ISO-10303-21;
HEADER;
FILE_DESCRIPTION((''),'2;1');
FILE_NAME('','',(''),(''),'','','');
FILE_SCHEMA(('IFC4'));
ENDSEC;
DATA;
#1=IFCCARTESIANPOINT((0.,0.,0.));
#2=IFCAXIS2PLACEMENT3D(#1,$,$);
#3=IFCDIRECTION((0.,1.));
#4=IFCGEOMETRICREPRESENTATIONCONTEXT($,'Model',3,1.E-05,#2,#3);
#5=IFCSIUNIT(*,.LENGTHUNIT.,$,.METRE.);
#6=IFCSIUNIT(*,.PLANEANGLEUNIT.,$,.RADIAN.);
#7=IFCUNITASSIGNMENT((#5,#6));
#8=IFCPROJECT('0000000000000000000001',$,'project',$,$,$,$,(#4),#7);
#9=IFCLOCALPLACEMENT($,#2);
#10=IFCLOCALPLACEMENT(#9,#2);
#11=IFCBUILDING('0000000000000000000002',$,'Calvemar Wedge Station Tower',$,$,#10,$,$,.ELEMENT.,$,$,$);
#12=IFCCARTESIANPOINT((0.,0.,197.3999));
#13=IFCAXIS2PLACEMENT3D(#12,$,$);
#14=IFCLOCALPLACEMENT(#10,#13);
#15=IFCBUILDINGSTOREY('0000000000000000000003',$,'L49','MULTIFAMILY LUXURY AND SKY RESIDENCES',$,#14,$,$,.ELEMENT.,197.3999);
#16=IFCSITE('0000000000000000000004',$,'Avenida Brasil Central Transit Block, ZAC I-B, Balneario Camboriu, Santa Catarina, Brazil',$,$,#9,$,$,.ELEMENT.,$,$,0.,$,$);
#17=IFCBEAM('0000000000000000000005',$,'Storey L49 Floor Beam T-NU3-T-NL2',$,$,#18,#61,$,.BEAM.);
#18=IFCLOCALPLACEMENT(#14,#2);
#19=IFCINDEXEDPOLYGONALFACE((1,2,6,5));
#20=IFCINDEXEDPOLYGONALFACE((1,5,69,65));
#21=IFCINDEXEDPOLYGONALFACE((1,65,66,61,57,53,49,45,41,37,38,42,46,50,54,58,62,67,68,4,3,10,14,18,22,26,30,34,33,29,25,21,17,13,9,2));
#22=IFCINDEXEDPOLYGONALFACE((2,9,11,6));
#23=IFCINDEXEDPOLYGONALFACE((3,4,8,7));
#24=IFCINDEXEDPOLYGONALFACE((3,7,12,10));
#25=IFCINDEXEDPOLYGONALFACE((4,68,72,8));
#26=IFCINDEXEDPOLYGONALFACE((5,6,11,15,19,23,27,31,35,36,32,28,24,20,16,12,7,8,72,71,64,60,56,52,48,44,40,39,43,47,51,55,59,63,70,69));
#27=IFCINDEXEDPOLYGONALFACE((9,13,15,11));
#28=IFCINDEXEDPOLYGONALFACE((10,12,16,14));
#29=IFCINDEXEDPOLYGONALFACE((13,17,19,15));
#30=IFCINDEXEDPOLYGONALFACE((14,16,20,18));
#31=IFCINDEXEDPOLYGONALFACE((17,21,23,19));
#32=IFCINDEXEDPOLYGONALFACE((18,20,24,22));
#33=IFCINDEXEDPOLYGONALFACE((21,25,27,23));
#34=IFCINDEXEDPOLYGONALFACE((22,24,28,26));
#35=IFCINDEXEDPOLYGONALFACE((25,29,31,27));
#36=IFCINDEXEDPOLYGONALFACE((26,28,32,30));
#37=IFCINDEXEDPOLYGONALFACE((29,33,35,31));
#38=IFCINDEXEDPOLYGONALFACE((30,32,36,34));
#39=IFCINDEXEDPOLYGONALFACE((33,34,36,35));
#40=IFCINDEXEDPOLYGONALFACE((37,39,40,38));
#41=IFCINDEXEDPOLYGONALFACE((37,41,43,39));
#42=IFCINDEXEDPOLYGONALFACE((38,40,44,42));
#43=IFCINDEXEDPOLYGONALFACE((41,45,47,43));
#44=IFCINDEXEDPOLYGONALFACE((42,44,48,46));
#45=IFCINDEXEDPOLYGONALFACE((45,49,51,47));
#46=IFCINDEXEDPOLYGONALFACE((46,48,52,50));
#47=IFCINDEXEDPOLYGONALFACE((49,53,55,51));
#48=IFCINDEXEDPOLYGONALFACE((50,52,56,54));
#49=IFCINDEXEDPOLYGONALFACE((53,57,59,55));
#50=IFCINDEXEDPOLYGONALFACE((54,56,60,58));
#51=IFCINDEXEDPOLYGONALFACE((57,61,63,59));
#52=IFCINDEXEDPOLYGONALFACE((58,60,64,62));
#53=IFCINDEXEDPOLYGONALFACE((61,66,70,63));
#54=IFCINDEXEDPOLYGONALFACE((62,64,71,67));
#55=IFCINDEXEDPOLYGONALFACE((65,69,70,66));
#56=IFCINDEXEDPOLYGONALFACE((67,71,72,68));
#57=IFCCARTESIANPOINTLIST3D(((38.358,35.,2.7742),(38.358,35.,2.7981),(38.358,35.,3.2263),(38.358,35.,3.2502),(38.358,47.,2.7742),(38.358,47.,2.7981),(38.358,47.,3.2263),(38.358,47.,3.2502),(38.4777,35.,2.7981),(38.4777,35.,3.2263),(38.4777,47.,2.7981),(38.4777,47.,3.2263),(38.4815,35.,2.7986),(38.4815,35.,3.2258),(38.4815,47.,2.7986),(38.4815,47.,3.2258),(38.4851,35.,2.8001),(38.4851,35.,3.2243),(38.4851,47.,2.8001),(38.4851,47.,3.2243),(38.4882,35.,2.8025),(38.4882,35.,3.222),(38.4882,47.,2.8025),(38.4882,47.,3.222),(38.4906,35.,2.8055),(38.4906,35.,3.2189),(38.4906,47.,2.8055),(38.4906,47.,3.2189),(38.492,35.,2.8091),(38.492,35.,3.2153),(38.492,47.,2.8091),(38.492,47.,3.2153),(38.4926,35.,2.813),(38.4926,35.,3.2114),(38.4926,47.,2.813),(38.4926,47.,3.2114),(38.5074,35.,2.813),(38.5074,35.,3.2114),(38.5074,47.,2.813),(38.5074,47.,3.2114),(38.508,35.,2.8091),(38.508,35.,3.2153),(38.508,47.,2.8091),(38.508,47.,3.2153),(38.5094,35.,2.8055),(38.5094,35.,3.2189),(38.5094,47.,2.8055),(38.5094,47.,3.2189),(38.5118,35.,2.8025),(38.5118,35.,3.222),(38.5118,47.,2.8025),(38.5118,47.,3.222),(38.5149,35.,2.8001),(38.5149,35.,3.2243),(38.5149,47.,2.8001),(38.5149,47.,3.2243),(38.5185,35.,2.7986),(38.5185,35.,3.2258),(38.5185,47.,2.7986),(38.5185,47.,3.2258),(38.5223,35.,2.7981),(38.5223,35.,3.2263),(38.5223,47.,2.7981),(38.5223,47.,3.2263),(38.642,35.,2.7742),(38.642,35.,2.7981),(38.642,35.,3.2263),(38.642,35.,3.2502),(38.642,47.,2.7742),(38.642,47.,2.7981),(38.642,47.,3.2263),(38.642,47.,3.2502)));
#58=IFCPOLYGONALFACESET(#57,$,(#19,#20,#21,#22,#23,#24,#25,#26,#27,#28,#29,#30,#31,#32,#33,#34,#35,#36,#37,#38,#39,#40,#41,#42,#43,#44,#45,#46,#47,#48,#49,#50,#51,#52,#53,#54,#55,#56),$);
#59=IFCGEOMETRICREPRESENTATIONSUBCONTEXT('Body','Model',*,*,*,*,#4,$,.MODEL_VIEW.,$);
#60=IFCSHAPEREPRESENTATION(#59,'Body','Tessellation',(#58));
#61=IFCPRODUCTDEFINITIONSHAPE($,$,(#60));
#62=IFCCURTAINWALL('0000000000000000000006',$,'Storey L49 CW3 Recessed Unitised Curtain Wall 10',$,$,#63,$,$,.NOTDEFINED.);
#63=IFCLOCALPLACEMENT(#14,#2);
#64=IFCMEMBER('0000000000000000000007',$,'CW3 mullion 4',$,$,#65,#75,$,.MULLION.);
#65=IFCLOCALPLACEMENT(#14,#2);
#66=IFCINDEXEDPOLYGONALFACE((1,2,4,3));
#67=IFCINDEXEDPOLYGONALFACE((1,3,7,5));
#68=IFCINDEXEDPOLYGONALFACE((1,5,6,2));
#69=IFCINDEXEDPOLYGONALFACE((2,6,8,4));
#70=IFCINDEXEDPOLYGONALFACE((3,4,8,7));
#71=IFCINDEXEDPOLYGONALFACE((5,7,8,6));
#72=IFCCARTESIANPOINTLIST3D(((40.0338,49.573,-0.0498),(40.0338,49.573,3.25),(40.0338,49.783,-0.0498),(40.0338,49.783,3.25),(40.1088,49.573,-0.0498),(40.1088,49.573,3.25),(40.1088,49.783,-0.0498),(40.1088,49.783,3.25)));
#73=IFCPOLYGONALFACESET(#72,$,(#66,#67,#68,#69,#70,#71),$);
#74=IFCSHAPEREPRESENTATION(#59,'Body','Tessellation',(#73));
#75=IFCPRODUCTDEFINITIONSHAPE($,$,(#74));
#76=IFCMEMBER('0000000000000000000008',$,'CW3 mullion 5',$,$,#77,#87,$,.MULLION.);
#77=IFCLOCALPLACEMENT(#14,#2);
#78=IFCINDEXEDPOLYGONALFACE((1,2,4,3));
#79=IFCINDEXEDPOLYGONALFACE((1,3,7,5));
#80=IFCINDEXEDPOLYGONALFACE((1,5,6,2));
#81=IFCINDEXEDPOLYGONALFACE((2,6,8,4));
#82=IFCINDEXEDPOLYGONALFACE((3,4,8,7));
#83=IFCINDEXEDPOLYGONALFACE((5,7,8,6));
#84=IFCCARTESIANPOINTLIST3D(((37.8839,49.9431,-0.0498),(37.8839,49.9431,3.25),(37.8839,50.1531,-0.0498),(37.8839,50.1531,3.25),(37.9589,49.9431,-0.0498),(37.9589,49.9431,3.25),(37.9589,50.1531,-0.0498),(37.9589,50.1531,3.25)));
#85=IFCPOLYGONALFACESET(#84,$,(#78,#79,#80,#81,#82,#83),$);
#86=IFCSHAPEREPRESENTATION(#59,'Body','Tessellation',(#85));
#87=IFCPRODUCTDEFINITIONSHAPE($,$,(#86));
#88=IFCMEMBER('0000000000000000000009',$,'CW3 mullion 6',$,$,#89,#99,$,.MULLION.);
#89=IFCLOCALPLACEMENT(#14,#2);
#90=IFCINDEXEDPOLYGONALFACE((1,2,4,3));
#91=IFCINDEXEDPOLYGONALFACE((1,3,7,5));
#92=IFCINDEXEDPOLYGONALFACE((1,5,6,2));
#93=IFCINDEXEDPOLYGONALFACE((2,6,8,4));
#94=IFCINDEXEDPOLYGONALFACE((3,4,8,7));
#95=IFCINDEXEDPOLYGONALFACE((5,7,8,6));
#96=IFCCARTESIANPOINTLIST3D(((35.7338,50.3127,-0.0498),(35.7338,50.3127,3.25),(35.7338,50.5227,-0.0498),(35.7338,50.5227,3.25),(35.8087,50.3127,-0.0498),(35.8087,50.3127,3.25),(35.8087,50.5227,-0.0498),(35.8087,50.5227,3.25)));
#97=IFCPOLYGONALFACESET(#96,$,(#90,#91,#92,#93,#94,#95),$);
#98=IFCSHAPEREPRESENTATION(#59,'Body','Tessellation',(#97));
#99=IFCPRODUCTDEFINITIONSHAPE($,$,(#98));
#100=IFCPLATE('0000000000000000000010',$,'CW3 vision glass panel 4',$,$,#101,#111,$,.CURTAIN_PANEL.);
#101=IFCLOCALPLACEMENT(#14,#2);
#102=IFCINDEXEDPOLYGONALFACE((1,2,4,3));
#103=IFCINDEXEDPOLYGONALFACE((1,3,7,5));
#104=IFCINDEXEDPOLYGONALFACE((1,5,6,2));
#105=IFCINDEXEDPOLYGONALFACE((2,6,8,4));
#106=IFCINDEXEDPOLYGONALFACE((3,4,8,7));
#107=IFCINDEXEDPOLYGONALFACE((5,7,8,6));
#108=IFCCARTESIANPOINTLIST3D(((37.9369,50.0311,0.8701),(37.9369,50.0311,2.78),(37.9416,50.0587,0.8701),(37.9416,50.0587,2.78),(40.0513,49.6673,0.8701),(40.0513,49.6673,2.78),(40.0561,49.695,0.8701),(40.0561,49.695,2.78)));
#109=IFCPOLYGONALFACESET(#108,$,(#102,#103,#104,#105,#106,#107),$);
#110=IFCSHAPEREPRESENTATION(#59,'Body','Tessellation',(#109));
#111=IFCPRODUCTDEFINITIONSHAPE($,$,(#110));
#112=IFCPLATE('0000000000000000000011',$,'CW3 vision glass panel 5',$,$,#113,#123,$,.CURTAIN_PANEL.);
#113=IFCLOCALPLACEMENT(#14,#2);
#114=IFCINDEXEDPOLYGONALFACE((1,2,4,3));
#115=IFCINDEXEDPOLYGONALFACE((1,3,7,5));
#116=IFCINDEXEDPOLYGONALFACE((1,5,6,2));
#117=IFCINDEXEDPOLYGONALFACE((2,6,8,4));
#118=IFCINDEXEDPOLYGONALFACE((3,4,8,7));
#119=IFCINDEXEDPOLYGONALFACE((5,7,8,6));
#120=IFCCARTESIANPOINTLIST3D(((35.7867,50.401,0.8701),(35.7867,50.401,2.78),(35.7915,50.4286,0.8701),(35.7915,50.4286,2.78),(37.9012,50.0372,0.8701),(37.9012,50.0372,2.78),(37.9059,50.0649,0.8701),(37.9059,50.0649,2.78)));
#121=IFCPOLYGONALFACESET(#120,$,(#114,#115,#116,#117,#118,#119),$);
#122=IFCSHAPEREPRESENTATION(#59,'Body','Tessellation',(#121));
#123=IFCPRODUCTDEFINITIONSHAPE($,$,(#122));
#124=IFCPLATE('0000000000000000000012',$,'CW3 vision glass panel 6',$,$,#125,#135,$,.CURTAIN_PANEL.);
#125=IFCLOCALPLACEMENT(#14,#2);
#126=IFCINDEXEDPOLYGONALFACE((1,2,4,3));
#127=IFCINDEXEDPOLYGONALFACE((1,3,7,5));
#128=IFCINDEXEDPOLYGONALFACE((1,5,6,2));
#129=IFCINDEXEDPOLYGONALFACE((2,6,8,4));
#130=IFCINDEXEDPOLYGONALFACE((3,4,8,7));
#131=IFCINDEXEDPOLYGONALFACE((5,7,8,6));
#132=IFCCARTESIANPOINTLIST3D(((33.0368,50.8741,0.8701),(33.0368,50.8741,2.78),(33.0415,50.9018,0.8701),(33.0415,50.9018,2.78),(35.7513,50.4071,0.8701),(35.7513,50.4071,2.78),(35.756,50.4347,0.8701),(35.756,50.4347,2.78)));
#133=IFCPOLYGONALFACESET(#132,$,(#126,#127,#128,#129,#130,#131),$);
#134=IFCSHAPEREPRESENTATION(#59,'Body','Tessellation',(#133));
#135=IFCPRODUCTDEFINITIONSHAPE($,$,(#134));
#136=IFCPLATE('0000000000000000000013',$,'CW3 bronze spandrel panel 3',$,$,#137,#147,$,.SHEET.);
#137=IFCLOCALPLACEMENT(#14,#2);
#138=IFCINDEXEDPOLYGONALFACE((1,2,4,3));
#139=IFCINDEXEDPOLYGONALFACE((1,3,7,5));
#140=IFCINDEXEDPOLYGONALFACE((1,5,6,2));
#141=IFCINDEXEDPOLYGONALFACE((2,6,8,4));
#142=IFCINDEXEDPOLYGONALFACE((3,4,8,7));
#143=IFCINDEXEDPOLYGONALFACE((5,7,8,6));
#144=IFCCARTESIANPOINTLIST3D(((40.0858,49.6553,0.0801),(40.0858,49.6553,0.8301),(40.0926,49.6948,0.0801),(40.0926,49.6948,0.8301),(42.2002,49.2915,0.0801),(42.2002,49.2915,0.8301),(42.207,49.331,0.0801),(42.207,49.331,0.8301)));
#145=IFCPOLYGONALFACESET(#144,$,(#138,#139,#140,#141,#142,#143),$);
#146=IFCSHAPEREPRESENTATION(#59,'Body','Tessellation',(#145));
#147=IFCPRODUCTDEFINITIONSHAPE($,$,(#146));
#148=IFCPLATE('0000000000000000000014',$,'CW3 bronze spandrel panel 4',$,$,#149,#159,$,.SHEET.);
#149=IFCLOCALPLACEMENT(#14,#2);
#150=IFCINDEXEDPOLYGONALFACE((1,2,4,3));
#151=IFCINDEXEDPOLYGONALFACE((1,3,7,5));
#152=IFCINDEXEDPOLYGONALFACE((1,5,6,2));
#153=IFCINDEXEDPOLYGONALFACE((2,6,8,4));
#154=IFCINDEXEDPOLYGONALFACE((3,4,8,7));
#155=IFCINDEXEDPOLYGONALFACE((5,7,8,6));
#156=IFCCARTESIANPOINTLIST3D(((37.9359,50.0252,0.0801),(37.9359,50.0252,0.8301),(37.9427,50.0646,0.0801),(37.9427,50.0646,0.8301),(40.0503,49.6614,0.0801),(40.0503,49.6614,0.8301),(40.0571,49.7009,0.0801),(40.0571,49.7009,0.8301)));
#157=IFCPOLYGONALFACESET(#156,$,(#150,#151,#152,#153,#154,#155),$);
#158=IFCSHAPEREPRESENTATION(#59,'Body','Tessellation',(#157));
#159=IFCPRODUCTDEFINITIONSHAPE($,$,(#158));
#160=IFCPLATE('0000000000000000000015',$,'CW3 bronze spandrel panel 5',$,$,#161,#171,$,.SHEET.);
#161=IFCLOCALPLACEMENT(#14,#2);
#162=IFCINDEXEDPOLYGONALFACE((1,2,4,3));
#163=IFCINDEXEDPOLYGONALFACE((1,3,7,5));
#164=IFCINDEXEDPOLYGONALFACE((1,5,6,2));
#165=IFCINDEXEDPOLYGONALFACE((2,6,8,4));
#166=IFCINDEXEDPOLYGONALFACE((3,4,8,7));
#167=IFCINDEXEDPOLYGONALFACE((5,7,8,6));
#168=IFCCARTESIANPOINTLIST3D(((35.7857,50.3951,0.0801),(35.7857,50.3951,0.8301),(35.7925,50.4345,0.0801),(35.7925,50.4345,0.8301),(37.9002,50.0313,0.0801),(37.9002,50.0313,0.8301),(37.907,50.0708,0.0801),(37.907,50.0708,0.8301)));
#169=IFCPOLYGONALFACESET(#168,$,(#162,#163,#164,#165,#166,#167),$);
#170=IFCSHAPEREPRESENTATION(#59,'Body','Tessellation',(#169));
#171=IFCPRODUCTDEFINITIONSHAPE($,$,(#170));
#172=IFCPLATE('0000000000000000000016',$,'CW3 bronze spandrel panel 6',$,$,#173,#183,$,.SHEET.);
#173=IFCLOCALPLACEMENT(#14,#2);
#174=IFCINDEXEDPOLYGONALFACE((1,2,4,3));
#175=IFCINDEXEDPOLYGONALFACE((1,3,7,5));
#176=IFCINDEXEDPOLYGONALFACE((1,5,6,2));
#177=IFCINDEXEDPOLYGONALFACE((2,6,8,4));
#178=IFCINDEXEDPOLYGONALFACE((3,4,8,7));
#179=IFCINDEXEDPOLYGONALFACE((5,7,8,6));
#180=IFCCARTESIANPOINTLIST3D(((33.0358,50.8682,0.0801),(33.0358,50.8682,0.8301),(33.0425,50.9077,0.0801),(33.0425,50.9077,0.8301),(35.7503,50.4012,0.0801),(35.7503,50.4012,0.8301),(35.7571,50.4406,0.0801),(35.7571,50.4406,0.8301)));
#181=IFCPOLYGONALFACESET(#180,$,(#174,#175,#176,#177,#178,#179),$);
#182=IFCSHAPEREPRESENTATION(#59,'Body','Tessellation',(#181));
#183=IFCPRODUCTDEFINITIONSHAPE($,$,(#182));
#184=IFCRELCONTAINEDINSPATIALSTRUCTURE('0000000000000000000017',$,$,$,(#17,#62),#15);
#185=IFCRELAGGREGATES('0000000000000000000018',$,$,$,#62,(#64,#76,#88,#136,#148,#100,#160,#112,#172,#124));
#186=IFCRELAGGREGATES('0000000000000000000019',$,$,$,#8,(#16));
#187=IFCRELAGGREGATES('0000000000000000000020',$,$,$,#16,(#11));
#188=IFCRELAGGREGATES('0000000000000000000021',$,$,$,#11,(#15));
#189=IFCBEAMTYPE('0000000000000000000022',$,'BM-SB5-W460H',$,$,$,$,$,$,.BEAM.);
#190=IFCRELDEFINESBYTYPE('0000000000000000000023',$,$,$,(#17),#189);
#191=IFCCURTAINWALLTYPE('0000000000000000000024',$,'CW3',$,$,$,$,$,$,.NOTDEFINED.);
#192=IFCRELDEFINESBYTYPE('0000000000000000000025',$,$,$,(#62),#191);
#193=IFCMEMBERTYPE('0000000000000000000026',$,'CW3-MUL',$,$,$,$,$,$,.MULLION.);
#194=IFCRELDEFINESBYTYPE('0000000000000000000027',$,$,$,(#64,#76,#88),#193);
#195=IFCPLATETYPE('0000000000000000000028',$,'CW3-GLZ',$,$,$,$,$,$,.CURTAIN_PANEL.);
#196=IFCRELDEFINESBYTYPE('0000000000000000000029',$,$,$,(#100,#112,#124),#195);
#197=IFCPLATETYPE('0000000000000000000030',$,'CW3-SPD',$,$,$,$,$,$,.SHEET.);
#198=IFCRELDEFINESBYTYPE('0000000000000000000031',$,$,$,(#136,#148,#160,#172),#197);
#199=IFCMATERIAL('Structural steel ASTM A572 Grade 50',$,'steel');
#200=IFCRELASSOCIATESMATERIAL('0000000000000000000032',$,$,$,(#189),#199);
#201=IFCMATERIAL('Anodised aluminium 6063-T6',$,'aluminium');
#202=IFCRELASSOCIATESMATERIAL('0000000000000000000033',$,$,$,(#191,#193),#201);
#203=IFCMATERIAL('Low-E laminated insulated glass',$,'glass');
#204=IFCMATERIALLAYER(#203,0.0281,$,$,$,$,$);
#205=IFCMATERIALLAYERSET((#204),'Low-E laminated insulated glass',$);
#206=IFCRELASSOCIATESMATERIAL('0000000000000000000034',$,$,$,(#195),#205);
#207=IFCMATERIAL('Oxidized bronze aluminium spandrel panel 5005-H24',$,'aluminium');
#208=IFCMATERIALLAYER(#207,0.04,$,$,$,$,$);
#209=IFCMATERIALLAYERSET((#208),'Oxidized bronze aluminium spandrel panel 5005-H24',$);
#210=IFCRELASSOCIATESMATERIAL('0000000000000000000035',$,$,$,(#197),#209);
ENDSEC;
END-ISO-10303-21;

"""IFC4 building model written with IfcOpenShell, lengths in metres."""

from ifc_helpers import new_model, si_unit, direction, frame, frame_2d, origin, origin_2d, place, context, subcontext, project, spatial, rectangle, i_section, extrude, source, transform, mapped, material, layer, layer_set, material_profile, profile_set, type_object, element, aggregate, save


model = new_model("IFC4")

# Units and contexts
model_context = context("Model", 3, precision=1e-05, world=origin(), true_north=direction((0.0, 1.0)))
body_context = subcontext(model_context, "Body", "Model", "MODEL_VIEW")
ifc_project = project(units=[si_unit("LENGTHUNIT", "METRE"), si_unit("PLANEANGLEUNIT", "RADIAN")], contexts=[model_context])

# Site, building, storey
site_placement = place(None, origin())
site = spatial("IfcSite", under=ifc_project, at=site_placement, Name="Avenida Brasil Central Transit Block, ZAC I-B, Balneario Camboriu, Santa Catarina, Brazil", CompositionType="ELEMENT", RefElevation=0.0)
building_placement = place(site_placement, origin())
building = spatial("IfcBuilding", under=site, at=building_placement, Name="Calvemar Wedge Station Tower", CompositionType="ELEMENT")
storey_placement = place(building_placement, frame((0.0, 0.0, 197.3999)))
storey = spatial("IfcBuildingStorey", under=building, at=storey_placement, Name="L49", Description="MULTIFAMILY LUXURY AND SKY RESIDENCES", CompositionType="ELEMENT", Elevation=197.3999)

# Shared definitions
ifc_material_1 = material(Name="Structural steel ASTM A572 Grade 50", Category="steel")

# Beam
ifc_material_profile_1 = material_profile(ifc_material_1, i_section(OverallWidth=0.2839, OverallDepth=0.4761, WebThickness=0.0149, FlangeThickness=0.0239, FilletRadius=0.0149, at=origin_2d()), Name="W460x158")
ifc_profile_set_1 = profile_set([ifc_material_profile_1], Name="Structural steel ASTM A572 Grade 50")
beam_type_1 = type_object("IfcBeamType", Name="BM-SB5-W460H", PredefinedType="BEAM", material=ifc_profile_set_1)
shared_shape_1 = source(origin(), body_context, "Body", "SweptSolid", [
    extrude(i_section(OverallWidth=0.2839, OverallDepth=0.4761, WebThickness=0.0149, FlangeThickness=0.0239, FilletRadius=0.0149, at=origin_2d()), origin(), (0.0, 0.0, 1.0), 12.0),
])
beam_1_placement = place(storey_placement, frame((38.5, 47.0, 3.0122), z_axis=(0.0, -1.0, 0.0), x_axis=(1.0, 0.0, 0.0)))
element("IfcBeam", 1, at=beam_1_placement, inside=storey, type_object=beam_type_1, Name="Storey L49 Floor Beam T-NU3-T-NL2", PredefinedType="BEAM", context=body_context, shape_type="MappedRepresentation", body=[
    mapped(shared_shape_1, transform((0.0, 0.0, 0.0), scale=1.0)),
])

# Curtain wall, members, plates
ifc_material_2 = material(Name="Anodised aluminium 6063-T6", Category="aluminium")
curtain_wall_type = type_object("IfcCurtainWallType", Name="CW3", PredefinedType="NOTDEFINED", material=ifc_material_2)
curtain_wall_placement = place(storey_placement, origin())
curtain_wall = element("IfcCurtainWall", 2, at=curtain_wall_placement, inside=storey, type_object=curtain_wall_type, Name="Storey L49 CW3 Recessed Unitised Curtain Wall 10", PredefinedType="NOTDEFINED")
ifc_material_profile_2 = material_profile(ifc_material_2, rectangle(XDim=0.075, YDim=0.21, at=origin_2d()), Name="AL-MUL-75x210")
ifc_profile_set_2 = profile_set([ifc_material_profile_2], Name="Anodised aluminium 6063-T6")
member_type = type_object("IfcMemberType", Name="CW3-MUL", PredefinedType="MULLION", material=ifc_profile_set_2)
shared_shape_2 = source(origin(), body_context, "Body", "SweptSolid", [
    extrude(rectangle(XDim=0.075, YDim=0.21, at=origin_2d()), origin(), (0.0, 0.0, 1.0), 3.2998),
])
member_1_placement = place(storey_placement, frame((40.0713, 49.678, -0.0498), z_axis=(0.0, 0.0, 1.0), x_axis=(1.0, 0.0, 0.0)))
member_1 = element("IfcMember", 3, at=member_1_placement, type_object=member_type, Name="CW3 mullion 4", PredefinedType="MULLION", context=body_context, shape_type="MappedRepresentation", body=[
    mapped(shared_shape_2, transform((0.0, 0.0, 0.0), scale=1.0)),
])
member_2_placement = place(storey_placement, frame((37.9214, 50.0481, -0.0498), z_axis=(0.0, 0.0, 1.0), x_axis=(1.0, 0.0, 0.0)))
member_2 = element("IfcMember", 4, at=member_2_placement, type_object=member_type, Name="CW3 mullion 5", PredefinedType="MULLION", context=body_context, shape_type="MappedRepresentation", body=[
    mapped(shared_shape_2, transform((0.0, 0.0, 0.0), scale=1.0)),
])
member_3_placement = place(storey_placement, frame((35.7712, 50.4177, -0.0498), z_axis=(0.0, 0.0, 1.0), x_axis=(1.0, 0.0, 0.0)))
member_3 = element("IfcMember", 5, at=member_3_placement, type_object=member_type, Name="CW3 mullion 6", PredefinedType="MULLION", context=body_context, shape_type="MappedRepresentation", body=[
    mapped(shared_shape_2, transform((0.0, 0.0, 0.0), scale=1.0)),
])
ifc_material_3 = material(Name="Low-E laminated insulated glass", Category="glass")
ifc_layer_1 = layer(ifc_material_3, 0.0281)
ifc_layer_set_1 = layer_set([ifc_layer_1], Name="Low-E laminated insulated glass")
plate_type_1 = type_object("IfcPlateType", Name="CW3-GLZ", PredefinedType="CURTAIN_PANEL", material=ifc_layer_set_1)
plate_1_placement = place(storey_placement, frame((40.0537, 49.6812, 0.8701), z_axis=(0.0, 0.0, 1.0), x_axis=(-0.985522, 0.169545, 0.0)))
plate_1 = element("IfcPlate", 6, at=plate_1_placement, type_object=plate_type_1, Name="CW3 vision glass panel 4", PredefinedType="CURTAIN_PANEL", context=body_context, shape_type="SweptSolid", body=[
    extrude(rectangle(XDim=2.1455, YDim=0.0281, at=frame_2d((1.0728, 0.0))), origin(), (0.0, 0.0, 1.0), 1.9099),
])
plate_2_placement = place(storey_placement, frame((37.9036, 50.051, 0.8701), z_axis=(0.0, 0.0, 1.0), x_axis=(-0.985522, 0.169545, 0.0)))
plate_2 = element("IfcPlate", 7, at=plate_2_placement, type_object=plate_type_1, Name="CW3 vision glass panel 5", PredefinedType="CURTAIN_PANEL", context=body_context, shape_type="SweptSolid", body=[
    extrude(rectangle(XDim=2.1455, YDim=0.0281, at=frame_2d((1.0728, 0.0))), origin(), (0.0, 0.0, 1.0), 1.9099),
])
plate_3_placement = place(storey_placement, frame((35.7537, 50.4209, 0.8701), z_axis=(0.0, 0.0, 1.0), x_axis=(-0.98552, 0.169557, 0.0)))
plate_3 = element("IfcPlate", 8, at=plate_3_placement, type_object=plate_type_1, Name="CW3 vision glass panel 6", PredefinedType="CURTAIN_PANEL", context=body_context, shape_type="SweptSolid", body=[
    extrude(rectangle(XDim=2.7544, YDim=0.0281, at=frame_2d((1.3772, 0.0))), origin(), (0.0, 0.0, 1.0), 1.9099),
])
ifc_material_4 = material(Name="Oxidized bronze aluminium spandrel panel 5005-H24", Category="aluminium")
ifc_layer_2 = layer(ifc_material_4, 0.04)
ifc_layer_set_2 = layer_set([ifc_layer_2], Name="Oxidized bronze aluminium spandrel panel 5005-H24")
plate_type_2 = type_object("IfcPlateType", Name="CW3-SPD", PredefinedType="SHEET", material=ifc_layer_set_2)
plate_4_placement = place(storey_placement, frame((42.2036, 49.3113, 0.0801), z_axis=(0.0, 0.0, 1.0), x_axis=(-0.985522, 0.169545, 0.0)))
plate_4 = element("IfcPlate", 9, at=plate_4_placement, type_object=plate_type_2, Name="CW3 bronze spandrel panel 3", PredefinedType="SHEET", context=body_context, shape_type="SweptSolid", body=[
    extrude(rectangle(XDim=2.1455, YDim=0.04, at=frame_2d((1.0728, 0.0))), origin(), (0.0, 0.0, 1.0), 0.75),
])
plate_5_placement = place(storey_placement, frame((40.0537, 49.6812, 0.0801), z_axis=(0.0, 0.0, 1.0), x_axis=(-0.985522, 0.169545, 0.0)))
plate_5 = element("IfcPlate", 10, at=plate_5_placement, type_object=plate_type_2, Name="CW3 bronze spandrel panel 4", PredefinedType="SHEET", context=body_context, shape_type="SweptSolid", body=[
    extrude(rectangle(XDim=2.1455, YDim=0.04, at=frame_2d((1.0728, 0.0))), origin(), (0.0, 0.0, 1.0), 0.75),
])
plate_6_placement = place(storey_placement, frame((37.9036, 50.051, 0.0801), z_axis=(0.0, 0.0, 1.0), x_axis=(-0.985522, 0.169545, 0.0)))
plate_6 = element("IfcPlate", 11, at=plate_6_placement, type_object=plate_type_2, Name="CW3 bronze spandrel panel 5", PredefinedType="SHEET", context=body_context, shape_type="SweptSolid", body=[
    extrude(rectangle(XDim=2.1455, YDim=0.04, at=frame_2d((1.0728, 0.0))), origin(), (0.0, 0.0, 1.0), 0.75),
])
plate_7_placement = place(storey_placement, frame((35.7537, 50.4209, 0.0801), z_axis=(0.0, 0.0, 1.0), x_axis=(-0.98552, 0.169557, 0.0)))
plate_7 = element("IfcPlate", 12, at=plate_7_placement, type_object=plate_type_2, Name="CW3 bronze spandrel panel 6", PredefinedType="SHEET", context=body_context, shape_type="SweptSolid", body=[
    extrude(rectangle(XDim=2.7544, YDim=0.04, at=frame_2d((1.3772, 0.0))), origin(), (0.0, 0.0, 1.0), 0.75),
])
aggregate(curtain_wall, [member_1, member_2, member_3, plate_4, plate_5, plate_1, plate_6, plate_2, plate_7, plate_3])

save(model, "model.ifc")
